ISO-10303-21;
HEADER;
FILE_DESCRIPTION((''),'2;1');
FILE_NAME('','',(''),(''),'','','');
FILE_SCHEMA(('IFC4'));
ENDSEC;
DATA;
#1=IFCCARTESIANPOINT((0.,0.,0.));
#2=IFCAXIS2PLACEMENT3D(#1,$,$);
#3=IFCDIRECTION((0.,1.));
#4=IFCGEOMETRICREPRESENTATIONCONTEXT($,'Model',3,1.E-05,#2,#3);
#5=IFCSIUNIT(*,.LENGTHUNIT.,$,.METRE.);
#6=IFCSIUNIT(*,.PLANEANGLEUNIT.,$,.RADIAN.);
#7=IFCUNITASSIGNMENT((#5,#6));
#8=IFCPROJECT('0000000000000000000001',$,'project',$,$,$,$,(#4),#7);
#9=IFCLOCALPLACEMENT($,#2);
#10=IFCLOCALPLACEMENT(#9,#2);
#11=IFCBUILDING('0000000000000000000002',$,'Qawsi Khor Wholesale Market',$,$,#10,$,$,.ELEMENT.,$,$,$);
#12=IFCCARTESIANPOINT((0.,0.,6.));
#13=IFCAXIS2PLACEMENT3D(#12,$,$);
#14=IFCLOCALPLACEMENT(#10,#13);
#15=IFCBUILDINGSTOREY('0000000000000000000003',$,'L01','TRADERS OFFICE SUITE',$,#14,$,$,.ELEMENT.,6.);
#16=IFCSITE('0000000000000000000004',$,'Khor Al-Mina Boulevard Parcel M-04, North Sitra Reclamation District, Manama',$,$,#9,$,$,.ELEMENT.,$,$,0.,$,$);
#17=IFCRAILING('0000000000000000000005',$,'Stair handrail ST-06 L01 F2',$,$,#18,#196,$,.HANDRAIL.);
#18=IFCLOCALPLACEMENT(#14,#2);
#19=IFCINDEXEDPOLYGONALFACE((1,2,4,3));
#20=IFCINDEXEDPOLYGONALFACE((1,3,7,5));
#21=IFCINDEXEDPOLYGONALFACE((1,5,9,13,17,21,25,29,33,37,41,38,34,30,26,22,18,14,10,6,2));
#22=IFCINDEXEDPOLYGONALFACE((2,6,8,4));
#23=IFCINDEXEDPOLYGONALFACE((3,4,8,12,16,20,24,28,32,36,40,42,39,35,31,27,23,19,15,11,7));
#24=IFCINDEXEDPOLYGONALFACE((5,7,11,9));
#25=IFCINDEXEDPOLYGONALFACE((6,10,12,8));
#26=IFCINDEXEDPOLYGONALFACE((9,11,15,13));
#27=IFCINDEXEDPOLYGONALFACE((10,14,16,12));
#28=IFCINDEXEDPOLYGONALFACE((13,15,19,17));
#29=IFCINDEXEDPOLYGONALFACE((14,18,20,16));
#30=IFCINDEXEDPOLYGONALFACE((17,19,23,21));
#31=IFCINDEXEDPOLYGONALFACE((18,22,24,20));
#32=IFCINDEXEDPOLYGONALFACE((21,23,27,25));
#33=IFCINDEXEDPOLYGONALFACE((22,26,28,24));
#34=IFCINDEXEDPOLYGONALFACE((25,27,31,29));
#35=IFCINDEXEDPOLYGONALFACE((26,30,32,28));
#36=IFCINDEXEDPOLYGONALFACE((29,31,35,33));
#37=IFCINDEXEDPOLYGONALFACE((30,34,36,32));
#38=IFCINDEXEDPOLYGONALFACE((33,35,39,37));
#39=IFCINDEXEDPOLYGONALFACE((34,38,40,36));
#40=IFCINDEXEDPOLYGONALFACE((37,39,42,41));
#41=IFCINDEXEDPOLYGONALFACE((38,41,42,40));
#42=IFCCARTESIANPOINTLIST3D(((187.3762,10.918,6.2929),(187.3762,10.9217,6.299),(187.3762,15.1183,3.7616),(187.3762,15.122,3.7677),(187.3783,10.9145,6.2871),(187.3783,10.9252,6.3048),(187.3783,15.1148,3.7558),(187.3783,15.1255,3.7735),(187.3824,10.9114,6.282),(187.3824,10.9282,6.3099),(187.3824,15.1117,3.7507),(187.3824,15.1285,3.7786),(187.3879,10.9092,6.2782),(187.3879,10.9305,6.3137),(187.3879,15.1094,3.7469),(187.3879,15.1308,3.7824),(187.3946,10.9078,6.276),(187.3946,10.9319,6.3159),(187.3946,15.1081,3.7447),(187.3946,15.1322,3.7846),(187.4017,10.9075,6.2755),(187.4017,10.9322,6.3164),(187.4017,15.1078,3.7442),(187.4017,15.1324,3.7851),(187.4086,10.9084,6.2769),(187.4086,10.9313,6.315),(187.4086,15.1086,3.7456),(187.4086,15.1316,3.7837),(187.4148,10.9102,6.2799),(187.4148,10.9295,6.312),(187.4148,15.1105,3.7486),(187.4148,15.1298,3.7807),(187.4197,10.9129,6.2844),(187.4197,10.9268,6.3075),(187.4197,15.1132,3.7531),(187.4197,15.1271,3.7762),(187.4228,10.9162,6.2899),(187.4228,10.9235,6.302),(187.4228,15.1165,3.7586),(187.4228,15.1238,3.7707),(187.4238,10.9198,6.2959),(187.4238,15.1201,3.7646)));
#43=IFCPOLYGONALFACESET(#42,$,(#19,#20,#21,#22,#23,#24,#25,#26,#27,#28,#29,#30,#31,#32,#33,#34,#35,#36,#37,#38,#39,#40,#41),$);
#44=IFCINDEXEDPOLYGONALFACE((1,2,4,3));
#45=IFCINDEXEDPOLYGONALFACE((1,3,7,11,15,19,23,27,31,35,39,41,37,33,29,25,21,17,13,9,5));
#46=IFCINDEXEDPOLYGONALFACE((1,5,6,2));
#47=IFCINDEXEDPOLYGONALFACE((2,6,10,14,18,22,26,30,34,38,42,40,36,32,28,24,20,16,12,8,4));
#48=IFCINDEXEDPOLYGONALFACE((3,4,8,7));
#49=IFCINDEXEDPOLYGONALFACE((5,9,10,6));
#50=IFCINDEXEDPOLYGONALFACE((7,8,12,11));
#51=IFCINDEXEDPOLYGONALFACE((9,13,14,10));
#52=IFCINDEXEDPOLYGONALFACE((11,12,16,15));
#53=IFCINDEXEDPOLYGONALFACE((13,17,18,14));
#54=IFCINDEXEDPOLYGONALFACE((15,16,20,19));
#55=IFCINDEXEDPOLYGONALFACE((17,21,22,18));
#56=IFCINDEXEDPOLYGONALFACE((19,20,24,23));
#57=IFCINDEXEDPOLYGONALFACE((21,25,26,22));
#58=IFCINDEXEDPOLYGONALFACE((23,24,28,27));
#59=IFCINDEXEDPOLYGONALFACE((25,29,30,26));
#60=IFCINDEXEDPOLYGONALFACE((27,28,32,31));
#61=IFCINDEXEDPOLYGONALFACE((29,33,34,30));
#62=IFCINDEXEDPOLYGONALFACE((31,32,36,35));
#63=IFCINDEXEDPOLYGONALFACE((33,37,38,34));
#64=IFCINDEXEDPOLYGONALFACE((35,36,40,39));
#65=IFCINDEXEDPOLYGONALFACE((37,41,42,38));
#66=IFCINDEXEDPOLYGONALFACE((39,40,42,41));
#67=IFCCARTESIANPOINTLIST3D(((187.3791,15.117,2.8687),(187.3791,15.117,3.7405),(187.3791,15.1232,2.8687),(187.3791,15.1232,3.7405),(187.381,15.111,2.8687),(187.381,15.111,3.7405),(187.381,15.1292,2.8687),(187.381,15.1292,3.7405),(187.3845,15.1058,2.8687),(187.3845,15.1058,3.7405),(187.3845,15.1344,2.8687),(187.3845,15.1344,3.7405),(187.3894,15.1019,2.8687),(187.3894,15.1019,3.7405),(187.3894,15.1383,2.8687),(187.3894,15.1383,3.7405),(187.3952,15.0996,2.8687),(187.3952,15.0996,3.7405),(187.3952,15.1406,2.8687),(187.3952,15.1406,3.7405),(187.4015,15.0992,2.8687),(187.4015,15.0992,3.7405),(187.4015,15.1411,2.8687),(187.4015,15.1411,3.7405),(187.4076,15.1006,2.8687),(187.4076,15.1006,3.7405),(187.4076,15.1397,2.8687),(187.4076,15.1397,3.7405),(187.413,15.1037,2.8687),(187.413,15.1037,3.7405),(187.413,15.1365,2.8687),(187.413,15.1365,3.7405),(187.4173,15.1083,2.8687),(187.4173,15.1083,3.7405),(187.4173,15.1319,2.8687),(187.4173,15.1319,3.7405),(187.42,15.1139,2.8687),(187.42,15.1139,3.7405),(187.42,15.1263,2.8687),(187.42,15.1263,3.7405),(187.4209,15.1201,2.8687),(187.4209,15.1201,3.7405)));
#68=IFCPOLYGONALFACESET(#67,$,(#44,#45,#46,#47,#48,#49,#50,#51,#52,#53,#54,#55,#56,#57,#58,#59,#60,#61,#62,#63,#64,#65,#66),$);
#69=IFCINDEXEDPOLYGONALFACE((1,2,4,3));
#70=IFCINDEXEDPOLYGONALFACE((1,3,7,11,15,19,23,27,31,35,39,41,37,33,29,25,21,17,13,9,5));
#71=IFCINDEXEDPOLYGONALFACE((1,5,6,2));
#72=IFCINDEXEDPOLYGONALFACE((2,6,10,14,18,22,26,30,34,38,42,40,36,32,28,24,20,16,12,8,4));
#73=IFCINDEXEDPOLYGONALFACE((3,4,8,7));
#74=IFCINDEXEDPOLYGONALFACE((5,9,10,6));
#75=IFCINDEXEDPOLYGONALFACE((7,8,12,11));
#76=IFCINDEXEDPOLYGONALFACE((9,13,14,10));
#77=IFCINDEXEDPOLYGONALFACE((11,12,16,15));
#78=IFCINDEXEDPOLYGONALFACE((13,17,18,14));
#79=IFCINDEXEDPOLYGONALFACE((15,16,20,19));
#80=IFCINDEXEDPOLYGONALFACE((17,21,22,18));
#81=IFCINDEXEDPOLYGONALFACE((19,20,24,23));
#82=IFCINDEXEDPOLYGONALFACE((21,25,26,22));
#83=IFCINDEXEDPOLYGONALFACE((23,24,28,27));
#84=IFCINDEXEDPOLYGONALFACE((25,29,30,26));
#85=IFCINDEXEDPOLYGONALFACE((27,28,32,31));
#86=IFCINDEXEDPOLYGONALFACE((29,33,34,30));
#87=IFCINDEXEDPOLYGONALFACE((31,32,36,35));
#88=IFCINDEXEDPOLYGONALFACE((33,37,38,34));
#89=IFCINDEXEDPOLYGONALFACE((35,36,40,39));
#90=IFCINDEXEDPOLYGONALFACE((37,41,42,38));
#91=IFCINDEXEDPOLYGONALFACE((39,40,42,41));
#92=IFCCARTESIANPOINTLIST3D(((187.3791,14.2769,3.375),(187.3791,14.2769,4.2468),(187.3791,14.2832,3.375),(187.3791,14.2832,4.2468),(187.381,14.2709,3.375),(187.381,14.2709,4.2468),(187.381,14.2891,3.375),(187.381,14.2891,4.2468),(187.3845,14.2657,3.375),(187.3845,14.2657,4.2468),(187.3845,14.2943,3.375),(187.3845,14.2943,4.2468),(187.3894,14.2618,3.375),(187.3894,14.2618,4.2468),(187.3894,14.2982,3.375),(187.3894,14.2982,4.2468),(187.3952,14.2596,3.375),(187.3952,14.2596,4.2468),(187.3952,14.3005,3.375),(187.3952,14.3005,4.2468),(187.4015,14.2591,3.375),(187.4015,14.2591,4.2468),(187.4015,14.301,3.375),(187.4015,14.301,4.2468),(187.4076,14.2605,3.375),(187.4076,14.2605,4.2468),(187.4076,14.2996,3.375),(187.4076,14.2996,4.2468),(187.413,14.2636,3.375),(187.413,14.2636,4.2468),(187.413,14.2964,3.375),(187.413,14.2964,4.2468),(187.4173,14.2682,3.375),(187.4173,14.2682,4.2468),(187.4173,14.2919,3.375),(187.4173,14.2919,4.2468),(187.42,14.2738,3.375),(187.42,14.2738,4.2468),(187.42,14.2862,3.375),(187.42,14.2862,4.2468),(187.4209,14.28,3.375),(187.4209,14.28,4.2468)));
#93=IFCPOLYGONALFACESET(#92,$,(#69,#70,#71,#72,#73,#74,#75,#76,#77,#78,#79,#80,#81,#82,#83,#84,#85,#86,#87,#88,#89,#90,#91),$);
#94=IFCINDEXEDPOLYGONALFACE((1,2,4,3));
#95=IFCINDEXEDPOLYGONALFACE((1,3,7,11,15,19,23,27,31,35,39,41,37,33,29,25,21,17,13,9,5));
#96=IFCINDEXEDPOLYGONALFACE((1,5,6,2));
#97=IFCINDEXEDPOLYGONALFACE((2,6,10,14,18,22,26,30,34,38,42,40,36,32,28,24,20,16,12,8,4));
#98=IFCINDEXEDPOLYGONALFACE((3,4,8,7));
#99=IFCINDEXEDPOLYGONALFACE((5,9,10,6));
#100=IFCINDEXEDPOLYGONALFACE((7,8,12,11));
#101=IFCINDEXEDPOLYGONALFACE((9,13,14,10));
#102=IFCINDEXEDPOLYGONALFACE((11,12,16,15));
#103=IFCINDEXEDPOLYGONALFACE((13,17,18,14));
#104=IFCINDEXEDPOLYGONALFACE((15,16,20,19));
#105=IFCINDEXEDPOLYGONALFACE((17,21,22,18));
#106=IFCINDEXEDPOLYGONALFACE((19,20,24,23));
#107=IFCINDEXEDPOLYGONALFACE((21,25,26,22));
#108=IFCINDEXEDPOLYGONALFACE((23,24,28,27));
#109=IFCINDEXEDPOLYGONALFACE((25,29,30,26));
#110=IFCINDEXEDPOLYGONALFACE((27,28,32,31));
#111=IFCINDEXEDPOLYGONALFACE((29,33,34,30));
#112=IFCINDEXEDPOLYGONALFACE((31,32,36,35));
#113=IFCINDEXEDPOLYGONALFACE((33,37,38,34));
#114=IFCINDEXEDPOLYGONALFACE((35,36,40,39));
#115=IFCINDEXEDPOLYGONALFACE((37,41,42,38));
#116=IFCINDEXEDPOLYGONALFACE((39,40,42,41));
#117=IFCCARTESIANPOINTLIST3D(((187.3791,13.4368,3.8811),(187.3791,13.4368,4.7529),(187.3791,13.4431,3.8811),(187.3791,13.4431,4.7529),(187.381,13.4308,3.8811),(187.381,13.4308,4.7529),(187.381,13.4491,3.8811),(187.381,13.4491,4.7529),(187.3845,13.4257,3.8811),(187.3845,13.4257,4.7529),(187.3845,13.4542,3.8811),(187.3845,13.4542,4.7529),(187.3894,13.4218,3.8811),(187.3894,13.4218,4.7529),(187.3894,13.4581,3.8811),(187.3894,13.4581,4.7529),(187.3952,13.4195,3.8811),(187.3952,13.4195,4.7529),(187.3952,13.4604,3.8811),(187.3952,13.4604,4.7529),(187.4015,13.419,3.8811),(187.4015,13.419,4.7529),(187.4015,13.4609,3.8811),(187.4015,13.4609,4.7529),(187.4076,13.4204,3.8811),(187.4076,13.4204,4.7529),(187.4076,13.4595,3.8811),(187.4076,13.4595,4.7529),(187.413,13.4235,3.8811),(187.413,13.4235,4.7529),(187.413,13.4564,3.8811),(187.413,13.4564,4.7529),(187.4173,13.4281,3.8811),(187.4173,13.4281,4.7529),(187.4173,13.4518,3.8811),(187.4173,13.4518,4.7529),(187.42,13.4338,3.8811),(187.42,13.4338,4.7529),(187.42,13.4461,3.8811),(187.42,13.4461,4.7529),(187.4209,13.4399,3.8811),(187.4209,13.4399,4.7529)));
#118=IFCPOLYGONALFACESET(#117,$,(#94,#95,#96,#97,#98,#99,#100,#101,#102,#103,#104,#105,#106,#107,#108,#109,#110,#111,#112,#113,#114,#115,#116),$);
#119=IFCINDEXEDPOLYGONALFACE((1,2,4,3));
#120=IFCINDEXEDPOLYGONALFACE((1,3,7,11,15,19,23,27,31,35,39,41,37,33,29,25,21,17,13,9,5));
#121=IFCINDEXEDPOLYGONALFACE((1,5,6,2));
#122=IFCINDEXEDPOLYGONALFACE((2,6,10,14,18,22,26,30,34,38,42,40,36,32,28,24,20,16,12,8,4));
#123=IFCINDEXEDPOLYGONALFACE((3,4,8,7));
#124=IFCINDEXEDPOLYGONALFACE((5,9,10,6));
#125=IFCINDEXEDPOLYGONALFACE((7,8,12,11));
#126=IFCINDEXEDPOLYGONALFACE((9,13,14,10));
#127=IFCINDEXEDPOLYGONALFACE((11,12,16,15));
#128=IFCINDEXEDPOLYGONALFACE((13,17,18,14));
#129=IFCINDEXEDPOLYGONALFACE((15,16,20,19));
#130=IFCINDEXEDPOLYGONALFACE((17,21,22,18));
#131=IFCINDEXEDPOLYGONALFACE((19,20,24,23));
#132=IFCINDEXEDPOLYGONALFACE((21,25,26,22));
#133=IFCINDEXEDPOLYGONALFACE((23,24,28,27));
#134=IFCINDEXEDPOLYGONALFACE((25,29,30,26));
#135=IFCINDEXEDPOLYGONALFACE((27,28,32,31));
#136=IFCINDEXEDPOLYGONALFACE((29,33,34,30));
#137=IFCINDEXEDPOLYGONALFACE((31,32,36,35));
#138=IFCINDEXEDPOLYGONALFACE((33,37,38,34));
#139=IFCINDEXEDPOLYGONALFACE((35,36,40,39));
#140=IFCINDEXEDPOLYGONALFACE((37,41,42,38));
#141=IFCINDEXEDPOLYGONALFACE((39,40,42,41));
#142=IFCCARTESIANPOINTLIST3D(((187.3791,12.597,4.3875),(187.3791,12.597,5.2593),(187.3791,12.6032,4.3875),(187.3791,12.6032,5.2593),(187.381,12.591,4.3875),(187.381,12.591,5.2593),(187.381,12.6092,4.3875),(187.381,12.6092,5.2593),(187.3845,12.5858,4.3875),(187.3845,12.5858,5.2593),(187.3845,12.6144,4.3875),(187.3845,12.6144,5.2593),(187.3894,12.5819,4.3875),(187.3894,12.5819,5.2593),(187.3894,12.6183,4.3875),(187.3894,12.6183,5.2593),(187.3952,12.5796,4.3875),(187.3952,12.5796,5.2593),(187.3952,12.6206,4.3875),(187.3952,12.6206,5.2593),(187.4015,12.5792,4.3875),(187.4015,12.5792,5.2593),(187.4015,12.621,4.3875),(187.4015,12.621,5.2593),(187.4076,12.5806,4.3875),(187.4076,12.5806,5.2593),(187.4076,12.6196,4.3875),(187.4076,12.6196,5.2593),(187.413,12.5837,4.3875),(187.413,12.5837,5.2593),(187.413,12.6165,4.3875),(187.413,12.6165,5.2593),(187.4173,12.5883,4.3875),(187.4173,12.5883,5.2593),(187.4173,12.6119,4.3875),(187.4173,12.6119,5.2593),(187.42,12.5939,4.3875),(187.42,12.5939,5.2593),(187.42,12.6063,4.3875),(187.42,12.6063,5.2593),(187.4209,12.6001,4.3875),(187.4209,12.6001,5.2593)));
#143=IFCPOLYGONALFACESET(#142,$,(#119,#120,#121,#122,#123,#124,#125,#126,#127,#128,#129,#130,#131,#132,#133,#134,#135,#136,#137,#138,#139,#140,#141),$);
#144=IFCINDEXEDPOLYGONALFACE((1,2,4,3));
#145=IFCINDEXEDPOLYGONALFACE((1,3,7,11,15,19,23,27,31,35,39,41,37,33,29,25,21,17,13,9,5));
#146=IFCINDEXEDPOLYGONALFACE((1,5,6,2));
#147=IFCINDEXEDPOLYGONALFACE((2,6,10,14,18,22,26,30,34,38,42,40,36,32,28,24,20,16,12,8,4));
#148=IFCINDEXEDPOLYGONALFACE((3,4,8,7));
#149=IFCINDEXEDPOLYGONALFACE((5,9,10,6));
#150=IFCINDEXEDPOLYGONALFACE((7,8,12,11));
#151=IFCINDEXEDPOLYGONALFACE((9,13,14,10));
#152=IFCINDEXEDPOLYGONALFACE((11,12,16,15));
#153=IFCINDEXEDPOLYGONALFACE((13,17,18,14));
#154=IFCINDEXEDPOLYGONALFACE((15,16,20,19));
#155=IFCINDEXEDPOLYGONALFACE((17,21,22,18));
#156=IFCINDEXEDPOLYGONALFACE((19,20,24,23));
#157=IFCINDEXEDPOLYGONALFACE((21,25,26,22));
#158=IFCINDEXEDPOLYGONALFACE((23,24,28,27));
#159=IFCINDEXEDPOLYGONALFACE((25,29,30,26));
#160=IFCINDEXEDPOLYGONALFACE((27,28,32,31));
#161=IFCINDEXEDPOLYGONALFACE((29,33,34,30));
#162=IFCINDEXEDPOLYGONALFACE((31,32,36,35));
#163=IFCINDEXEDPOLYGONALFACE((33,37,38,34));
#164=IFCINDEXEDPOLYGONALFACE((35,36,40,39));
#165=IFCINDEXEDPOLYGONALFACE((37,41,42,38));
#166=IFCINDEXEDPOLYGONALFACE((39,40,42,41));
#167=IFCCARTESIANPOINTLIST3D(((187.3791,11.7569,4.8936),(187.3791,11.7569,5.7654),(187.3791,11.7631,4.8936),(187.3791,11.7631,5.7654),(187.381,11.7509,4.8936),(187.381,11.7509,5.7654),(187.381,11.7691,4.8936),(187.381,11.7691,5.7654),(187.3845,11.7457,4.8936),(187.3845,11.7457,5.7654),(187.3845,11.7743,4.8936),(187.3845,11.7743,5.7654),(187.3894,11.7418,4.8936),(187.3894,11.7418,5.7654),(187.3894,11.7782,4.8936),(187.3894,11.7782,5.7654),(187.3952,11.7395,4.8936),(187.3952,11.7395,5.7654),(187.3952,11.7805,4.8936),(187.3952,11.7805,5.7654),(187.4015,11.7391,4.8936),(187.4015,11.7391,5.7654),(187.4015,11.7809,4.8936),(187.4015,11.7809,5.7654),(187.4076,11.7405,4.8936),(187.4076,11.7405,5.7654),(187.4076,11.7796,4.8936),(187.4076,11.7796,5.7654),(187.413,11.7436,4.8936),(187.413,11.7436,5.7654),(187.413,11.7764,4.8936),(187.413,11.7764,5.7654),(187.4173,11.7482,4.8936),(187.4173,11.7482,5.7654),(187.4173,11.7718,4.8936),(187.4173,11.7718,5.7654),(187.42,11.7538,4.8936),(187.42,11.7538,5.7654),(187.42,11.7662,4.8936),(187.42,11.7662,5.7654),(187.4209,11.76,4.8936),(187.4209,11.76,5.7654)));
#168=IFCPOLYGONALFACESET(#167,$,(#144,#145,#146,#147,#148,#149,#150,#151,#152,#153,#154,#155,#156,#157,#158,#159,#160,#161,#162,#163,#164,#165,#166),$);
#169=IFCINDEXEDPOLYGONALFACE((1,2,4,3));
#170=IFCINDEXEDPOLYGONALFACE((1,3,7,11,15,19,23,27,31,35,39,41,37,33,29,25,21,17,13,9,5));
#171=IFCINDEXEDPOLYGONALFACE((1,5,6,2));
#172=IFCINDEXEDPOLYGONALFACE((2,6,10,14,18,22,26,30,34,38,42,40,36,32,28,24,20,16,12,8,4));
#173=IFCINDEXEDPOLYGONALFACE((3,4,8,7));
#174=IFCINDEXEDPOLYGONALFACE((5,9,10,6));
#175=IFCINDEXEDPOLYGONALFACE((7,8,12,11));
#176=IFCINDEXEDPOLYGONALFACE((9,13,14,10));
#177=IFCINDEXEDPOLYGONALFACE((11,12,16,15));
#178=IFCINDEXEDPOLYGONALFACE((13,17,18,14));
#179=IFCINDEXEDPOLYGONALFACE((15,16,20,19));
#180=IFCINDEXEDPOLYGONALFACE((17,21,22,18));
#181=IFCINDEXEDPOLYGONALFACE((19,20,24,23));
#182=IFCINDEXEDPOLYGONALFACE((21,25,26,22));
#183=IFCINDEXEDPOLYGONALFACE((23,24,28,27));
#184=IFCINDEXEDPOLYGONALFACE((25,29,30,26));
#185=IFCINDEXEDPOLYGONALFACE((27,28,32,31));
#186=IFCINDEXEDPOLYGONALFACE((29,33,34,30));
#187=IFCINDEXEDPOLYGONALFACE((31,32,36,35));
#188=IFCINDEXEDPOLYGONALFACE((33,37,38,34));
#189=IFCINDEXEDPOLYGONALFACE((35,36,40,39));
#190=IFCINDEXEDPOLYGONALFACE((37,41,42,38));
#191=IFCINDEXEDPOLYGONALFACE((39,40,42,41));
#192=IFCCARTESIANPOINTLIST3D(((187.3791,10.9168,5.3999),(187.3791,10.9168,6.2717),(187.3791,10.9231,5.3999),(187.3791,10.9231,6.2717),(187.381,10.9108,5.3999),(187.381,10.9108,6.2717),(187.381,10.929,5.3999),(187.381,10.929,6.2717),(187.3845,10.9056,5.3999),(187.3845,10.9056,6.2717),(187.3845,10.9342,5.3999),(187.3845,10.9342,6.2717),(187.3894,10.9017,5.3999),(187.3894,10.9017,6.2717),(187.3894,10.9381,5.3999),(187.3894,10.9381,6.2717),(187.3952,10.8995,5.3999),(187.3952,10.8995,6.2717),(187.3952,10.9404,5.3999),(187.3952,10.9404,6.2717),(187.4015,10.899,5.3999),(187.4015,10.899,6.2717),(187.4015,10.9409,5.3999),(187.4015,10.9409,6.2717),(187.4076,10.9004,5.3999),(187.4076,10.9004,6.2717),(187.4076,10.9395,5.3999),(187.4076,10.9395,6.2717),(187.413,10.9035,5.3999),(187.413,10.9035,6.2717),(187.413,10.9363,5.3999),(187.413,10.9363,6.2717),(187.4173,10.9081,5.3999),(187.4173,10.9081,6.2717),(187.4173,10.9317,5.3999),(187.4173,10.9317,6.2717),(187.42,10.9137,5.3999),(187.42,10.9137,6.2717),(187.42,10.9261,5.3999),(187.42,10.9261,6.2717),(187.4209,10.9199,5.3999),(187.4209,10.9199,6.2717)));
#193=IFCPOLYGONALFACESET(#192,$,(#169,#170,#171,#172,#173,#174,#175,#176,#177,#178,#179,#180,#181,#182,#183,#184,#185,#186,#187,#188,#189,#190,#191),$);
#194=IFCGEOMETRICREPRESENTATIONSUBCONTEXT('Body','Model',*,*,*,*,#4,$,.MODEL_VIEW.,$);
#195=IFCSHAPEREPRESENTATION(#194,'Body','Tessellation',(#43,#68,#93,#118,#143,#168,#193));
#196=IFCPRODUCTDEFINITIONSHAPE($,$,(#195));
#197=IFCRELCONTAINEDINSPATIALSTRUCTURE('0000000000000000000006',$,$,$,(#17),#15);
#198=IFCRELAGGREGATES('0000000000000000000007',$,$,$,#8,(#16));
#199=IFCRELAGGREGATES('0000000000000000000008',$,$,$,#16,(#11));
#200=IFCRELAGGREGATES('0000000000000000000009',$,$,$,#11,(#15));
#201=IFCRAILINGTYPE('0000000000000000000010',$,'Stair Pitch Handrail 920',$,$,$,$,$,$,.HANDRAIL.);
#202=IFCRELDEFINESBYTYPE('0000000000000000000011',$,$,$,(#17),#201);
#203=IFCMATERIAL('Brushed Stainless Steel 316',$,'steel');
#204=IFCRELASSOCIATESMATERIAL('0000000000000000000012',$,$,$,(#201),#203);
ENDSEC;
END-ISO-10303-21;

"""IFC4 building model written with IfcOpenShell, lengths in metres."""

from ifc_helpers import new_model, si_unit, direction, frame, origin, origin_2d, place, context, subcontext, project, spatial, circle, extrude, material, type_object, element, save


model = new_model("IFC4")

# Units and contexts
model_context = context("Model", 3, precision=1e-05, world=origin(), true_north=direction((0.0, 1.0)))
body_context = subcontext(model_context, "Body", "Model", "MODEL_VIEW")
ifc_project = project(units=[si_unit("LENGTHUNIT", "METRE"), si_unit("PLANEANGLEUNIT", "RADIAN")], contexts=[model_context])

# Site, building, storey
site_placement = place(None, origin())
site = spatial("IfcSite", under=ifc_project, at=site_placement, Name="Khor Al-Mina Boulevard Parcel M-04, North Sitra Reclamation District, Manama", CompositionType="ELEMENT", RefElevation=0.0)
building_placement = place(site_placement, origin())
building = spatial("IfcBuilding", under=site, at=building_placement, Name="Qawsi Khor Wholesale Market", CompositionType="ELEMENT")
storey_placement = place(building_placement, frame((0.0, 0.0, 6.0)))
storey = spatial("IfcBuildingStorey", under=building, at=storey_placement, Name="L01", Description="TRADERS OFFICE SUITE", CompositionType="ELEMENT", Elevation=6.0)

# Railing
ifc_material_1 = material(Name="Brushed Stainless Steel 316", Category="steel")
railing_type_1 = type_object("IfcRailingType", Name="Stair Pitch Handrail 920", PredefinedType="HANDRAIL", material=ifc_material_1)
railing_1_placement = place(storey_placement, frame((187.3999, 15.1201, 2.8687)))
element("IfcRailing", 1, at=railing_1_placement, inside=storey, type_object=railing_type_1, Name="Stair handrail ST-06 L01 F2", PredefinedType="HANDRAIL", context=body_context, shape_type="SweptSolid", body=[
    extrude(circle(Radius=0.0239, at=origin_2d()), frame((0.0, 0.0, 0.896), z_axis=(0.0, -0.85649, 0.516164), x_axis=(1.0, 0.0, 0.0)), (0.0, 0.0, 1.0), 4.9041),
    extrude(circle(Radius=0.021, at=origin_2d()), origin(), (0.0, 0.0, 1.0), 0.8718),
    extrude(circle(Radius=0.021, at=origin_2d()), frame((0.0, -0.8401, 0.5063)), (0.0, 0.0, 1.0), 0.8718),
    extrude(circle(Radius=0.021, at=origin_2d()), frame((0.0, -1.6802, 1.0125)), (0.0, 0.0, 1.0), 0.8718),
    extrude(circle(Radius=0.021, at=origin_2d()), frame((0.0, -2.52, 1.5188)), (0.0, 0.0, 1.0), 0.8718),
    extrude(circle(Radius=0.021, at=origin_2d()), frame((0.0, -3.3601, 2.0249)), (0.0, 0.0, 1.0), 0.8718),
    extrude(circle(Radius=0.021, at=origin_2d()), frame((0.0, -4.2002, 2.5312)), (0.0, 0.0, 1.0), 0.8718),
])

save(model, "model.ifc")
